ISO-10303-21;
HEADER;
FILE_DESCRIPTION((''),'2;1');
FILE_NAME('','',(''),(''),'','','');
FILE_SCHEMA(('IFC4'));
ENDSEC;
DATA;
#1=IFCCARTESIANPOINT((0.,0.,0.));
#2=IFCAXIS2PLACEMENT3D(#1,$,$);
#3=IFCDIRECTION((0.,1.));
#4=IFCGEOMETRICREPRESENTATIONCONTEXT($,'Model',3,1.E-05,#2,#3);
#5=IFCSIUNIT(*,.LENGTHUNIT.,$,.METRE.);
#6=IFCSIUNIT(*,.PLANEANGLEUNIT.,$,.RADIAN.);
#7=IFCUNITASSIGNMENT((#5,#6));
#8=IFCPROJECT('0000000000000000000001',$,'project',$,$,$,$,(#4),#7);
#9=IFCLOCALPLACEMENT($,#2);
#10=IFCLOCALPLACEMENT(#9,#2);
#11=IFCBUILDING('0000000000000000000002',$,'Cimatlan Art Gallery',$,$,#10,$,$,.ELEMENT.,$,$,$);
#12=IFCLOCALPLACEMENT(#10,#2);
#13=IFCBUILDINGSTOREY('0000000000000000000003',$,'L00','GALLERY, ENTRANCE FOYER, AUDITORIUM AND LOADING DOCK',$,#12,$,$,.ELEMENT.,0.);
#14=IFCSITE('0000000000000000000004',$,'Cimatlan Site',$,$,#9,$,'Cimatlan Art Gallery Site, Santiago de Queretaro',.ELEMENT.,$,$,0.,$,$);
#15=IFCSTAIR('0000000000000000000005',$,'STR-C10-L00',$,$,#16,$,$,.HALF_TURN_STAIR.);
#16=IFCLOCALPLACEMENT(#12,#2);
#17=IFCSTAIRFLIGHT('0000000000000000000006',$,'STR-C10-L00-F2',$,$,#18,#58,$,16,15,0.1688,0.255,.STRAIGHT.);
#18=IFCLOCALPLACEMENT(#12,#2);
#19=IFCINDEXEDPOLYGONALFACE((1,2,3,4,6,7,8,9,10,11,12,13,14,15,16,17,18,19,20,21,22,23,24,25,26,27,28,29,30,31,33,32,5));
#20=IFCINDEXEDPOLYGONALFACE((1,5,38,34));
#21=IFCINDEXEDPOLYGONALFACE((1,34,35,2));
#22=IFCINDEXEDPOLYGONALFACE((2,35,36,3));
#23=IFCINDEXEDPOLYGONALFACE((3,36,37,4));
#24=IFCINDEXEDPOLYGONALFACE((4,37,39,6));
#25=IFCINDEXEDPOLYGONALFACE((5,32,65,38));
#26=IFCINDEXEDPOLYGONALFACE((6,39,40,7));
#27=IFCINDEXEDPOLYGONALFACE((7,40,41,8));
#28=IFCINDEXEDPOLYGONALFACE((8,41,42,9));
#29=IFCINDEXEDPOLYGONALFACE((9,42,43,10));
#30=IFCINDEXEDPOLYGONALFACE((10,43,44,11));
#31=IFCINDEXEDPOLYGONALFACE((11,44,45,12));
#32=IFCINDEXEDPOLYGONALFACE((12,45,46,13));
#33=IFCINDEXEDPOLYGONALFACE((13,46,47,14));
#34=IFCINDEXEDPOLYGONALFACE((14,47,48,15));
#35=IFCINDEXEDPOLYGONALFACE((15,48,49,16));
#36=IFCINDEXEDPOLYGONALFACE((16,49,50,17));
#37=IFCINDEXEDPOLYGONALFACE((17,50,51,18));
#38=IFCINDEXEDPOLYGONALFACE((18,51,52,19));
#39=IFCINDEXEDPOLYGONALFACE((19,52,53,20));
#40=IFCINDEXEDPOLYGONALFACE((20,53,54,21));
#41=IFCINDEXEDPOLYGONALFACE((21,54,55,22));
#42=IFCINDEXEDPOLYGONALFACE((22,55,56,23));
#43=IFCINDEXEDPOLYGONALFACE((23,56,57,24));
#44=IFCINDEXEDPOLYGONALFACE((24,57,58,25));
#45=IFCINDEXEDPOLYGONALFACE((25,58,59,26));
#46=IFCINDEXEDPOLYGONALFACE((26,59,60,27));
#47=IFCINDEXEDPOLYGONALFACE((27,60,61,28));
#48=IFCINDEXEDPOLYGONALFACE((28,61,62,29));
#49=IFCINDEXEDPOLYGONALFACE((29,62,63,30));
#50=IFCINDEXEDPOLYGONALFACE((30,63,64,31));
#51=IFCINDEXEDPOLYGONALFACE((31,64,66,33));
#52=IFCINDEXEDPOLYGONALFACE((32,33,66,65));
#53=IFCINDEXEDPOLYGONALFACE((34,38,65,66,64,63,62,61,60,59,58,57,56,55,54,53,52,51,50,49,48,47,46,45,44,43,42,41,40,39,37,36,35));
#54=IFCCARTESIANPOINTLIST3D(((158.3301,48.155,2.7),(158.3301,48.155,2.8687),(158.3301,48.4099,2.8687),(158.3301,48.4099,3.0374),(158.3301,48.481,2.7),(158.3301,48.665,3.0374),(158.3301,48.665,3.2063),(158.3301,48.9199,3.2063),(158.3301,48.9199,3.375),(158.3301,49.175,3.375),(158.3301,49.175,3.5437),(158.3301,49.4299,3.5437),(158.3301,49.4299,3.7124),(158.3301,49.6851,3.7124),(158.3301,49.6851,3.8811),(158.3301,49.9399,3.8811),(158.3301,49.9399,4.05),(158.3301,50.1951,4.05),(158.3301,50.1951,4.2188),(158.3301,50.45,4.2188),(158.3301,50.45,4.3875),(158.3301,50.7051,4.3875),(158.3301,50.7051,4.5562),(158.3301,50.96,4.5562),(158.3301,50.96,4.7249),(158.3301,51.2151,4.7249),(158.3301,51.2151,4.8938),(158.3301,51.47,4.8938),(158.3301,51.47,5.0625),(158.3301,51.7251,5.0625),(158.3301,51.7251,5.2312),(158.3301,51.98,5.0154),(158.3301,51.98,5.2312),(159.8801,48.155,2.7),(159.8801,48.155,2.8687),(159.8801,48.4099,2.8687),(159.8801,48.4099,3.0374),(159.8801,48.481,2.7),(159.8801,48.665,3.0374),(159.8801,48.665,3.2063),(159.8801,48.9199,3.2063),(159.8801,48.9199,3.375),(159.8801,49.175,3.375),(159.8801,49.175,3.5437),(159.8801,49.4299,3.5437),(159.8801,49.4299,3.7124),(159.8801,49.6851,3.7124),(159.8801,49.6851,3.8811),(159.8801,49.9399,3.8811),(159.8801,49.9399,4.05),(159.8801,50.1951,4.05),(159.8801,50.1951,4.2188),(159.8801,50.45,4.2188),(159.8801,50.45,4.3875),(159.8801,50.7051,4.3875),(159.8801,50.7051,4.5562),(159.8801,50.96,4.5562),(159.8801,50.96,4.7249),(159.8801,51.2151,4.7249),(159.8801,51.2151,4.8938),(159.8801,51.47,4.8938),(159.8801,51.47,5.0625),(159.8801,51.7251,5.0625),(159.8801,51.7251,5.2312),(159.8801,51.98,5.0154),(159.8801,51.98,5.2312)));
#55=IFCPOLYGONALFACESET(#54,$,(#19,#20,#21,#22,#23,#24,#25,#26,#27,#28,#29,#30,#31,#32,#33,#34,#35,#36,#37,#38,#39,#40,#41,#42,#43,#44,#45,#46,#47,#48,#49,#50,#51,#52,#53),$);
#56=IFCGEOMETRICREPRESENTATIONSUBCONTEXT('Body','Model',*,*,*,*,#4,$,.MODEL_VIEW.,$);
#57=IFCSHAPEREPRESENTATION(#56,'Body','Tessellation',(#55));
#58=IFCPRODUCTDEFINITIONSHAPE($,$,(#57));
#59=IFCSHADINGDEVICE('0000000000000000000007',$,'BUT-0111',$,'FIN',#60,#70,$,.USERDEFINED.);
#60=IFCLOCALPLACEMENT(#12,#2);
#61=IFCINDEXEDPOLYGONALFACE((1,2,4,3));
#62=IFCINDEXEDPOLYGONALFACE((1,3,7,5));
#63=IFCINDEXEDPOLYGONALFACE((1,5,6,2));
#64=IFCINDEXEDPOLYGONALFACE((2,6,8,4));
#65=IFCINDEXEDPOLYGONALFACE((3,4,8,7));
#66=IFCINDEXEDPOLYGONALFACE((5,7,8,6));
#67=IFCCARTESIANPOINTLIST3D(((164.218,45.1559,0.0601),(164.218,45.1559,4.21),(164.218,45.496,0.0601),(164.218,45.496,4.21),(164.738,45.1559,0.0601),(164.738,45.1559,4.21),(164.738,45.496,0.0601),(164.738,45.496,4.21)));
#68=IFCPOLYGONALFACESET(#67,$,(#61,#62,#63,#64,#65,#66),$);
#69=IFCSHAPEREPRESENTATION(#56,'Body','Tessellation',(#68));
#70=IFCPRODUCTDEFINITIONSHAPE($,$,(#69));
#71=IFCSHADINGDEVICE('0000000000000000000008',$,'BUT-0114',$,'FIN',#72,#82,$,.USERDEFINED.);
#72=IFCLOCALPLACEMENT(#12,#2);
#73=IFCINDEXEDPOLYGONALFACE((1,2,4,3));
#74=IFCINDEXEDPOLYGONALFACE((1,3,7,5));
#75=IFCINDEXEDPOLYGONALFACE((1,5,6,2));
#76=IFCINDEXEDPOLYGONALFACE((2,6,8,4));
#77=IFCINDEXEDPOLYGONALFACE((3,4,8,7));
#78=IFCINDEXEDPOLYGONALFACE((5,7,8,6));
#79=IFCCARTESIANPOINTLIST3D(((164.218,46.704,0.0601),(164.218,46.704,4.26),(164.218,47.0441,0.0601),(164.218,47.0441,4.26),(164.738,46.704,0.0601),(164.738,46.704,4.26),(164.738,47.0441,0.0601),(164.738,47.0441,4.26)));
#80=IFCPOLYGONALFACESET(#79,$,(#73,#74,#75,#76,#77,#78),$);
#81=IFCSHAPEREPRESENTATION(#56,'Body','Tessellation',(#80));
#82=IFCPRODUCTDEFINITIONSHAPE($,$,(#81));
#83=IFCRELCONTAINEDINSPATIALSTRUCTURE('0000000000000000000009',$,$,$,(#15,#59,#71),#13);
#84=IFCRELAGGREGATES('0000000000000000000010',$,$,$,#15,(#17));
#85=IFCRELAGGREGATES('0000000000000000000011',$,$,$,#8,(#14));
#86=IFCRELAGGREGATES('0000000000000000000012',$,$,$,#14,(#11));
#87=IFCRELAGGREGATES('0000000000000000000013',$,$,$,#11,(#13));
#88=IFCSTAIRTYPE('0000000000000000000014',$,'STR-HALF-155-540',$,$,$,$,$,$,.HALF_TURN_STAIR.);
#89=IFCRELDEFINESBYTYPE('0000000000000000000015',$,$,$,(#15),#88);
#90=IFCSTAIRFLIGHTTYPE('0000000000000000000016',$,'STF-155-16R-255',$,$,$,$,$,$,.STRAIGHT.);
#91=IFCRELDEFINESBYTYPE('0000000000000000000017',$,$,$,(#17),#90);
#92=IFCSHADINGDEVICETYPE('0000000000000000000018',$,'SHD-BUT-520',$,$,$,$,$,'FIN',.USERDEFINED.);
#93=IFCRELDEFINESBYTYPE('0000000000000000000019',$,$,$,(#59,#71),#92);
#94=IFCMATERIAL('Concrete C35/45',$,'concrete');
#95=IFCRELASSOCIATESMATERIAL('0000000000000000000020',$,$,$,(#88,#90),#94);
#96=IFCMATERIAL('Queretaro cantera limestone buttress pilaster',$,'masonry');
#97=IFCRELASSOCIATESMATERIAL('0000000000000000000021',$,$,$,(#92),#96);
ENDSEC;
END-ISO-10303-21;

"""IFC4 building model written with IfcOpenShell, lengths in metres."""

from ifc_helpers import new_model, si_unit, direction, frame, origin, origin_2d, place, context, subcontext, project, spatial, polyline, rectangle, outline, extrude, material, type_object, element, aggregate, save


model = new_model("IFC4")

# Units and contexts
model_context = context("Model", 3, precision=1e-05, world=origin(), true_north=direction((0.0, 1.0)))
body_context = subcontext(model_context, "Body", "Model", "MODEL_VIEW")
ifc_project = project(units=[si_unit("LENGTHUNIT", "METRE"), si_unit("PLANEANGLEUNIT", "RADIAN")], contexts=[model_context])

# Site, building, storey
site_placement = place(None, origin())
site = spatial("IfcSite", under=ifc_project, at=site_placement, Name="Cimatlan Site", LongName="Cimatlan Art Gallery Site, Santiago de Queretaro", CompositionType="ELEMENT", RefElevation=0.0)
building_placement = place(site_placement, origin())
building = spatial("IfcBuilding", under=site, at=building_placement, Name="Cimatlan Art Gallery", CompositionType="ELEMENT")
storey_placement = place(building_placement, origin())
storey = spatial("IfcBuildingStorey", under=building, at=storey_placement, Name="L00", Description="GALLERY, ENTRANCE FOYER, AUDITORIUM AND LOADING DOCK", CompositionType="ELEMENT", Elevation=0.0)

# Stair, stair flight
ifc_material_1 = material(Name="Concrete C35/45", Category="concrete")
stair_type = type_object("IfcStairType", Name="STR-HALF-155-540", PredefinedType="HALF_TURN_STAIR", material=ifc_material_1)
stair_placement = place(storey_placement, origin())
stair = element("IfcStair", 1, at=stair_placement, inside=storey, type_object=stair_type, Name="STR-C10-L00", PredefinedType="HALF_TURN_STAIR")
stair_flight_type = type_object("IfcStairFlightType", Name="STF-155-16R-255", PredefinedType="STRAIGHT", material=ifc_material_1)
stair_flight_placement = place(storey_placement, frame((159.105, 48.155, 2.7), z_axis=(0.0, 0.0, 1.0), x_axis=(0.0, 1.0, 0.0)))
stair_flight = element("IfcStairFlight", 2, at=stair_flight_placement, type_object=stair_flight_type, Name="STR-C10-L00-F2", NumberOfRisers=16, NumberOfTreads=15, PredefinedType="STRAIGHT", RiserHeight=0.1688, TreadLength=0.255, context=body_context, shape_type="SweptSolid", body=[
    extrude(outline(polyline([(0.0, 0.0), (0.0, 0.1687), (0.2549, 0.1687), (0.2549, 0.3374), (0.51, 0.3374), (0.51, 0.5063), (0.7649, 0.5063), (0.7649, 0.675), (1.02, 0.675), (1.02, 0.8438), (1.2749, 0.8438), (1.2749, 1.0125), (1.53, 1.0125), (1.53, 1.1812), (1.7849, 1.1812), (1.7849, 1.3501), (2.04, 1.3501), (2.04, 1.5188), (2.2949, 1.5188), (2.2949, 1.6875), (2.55, 1.6875), (2.55, 1.8562), (2.8049, 1.8562), (2.8049, 2.0249), (3.0601, 2.0249), (3.0601, 2.1938), (3.3149, 2.1938), (3.3149, 2.3625), (3.5701, 2.3625), (3.5701, 2.5312), (3.825, 2.5312), (3.825, 2.7), (3.825, 2.3154), (0.3259, 0.0), (0.0, 0.0)])), frame((0.0, 0.7749, 0.0), z_axis=(0.0, -1.0, 0.0), x_axis=(1.0, 0.0, 0.0)), (0.0, 0.0, 1.0), 1.55),
])
aggregate(stair, [stair_flight])

# Shading devices
ifc_material_2 = material(Name="Queretaro cantera limestone buttress pilaster", Category="masonry")
shading_device_type = type_object("IfcShadingDeviceType", Name="SHD-BUT-520", ElementType="FIN", PredefinedType="USERDEFINED", material=ifc_material_2)
shading_device_1_placement = place(storey_placement, frame((164.478, 45.3259, 0.0601), z_axis=(0.0, 0.0, 1.0), x_axis=(0.0, -1.0, 0.0)))
element("IfcShadingDevice", 3, at=shading_device_1_placement, inside=storey, type_object=shading_device_type, Name="BUT-0111", ObjectType="FIN", PredefinedType="USERDEFINED", context=body_context, shape_type="SweptSolid", body=[
    extrude(rectangle(XDim=0.3401, YDim=0.52, at=origin_2d()), origin(), (0.0, 0.0, 1.0), 4.1499),
])
shading_device_2_placement = place(storey_placement, frame((164.478, 46.874, 0.0601), z_axis=(0.0, 0.0, 1.0), x_axis=(0.0, -1.0, 0.0)))
element("IfcShadingDevice", 4, at=shading_device_2_placement, inside=storey, type_object=shading_device_type, Name="BUT-0114", ObjectType="FIN", PredefinedType="USERDEFINED", context=body_context, shape_type="SweptSolid", body=[
    extrude(rectangle(XDim=0.3401, YDim=0.52, at=origin_2d()), origin(), (0.0, 0.0, 1.0), 4.2),
])

save(model, "model.ifc")
